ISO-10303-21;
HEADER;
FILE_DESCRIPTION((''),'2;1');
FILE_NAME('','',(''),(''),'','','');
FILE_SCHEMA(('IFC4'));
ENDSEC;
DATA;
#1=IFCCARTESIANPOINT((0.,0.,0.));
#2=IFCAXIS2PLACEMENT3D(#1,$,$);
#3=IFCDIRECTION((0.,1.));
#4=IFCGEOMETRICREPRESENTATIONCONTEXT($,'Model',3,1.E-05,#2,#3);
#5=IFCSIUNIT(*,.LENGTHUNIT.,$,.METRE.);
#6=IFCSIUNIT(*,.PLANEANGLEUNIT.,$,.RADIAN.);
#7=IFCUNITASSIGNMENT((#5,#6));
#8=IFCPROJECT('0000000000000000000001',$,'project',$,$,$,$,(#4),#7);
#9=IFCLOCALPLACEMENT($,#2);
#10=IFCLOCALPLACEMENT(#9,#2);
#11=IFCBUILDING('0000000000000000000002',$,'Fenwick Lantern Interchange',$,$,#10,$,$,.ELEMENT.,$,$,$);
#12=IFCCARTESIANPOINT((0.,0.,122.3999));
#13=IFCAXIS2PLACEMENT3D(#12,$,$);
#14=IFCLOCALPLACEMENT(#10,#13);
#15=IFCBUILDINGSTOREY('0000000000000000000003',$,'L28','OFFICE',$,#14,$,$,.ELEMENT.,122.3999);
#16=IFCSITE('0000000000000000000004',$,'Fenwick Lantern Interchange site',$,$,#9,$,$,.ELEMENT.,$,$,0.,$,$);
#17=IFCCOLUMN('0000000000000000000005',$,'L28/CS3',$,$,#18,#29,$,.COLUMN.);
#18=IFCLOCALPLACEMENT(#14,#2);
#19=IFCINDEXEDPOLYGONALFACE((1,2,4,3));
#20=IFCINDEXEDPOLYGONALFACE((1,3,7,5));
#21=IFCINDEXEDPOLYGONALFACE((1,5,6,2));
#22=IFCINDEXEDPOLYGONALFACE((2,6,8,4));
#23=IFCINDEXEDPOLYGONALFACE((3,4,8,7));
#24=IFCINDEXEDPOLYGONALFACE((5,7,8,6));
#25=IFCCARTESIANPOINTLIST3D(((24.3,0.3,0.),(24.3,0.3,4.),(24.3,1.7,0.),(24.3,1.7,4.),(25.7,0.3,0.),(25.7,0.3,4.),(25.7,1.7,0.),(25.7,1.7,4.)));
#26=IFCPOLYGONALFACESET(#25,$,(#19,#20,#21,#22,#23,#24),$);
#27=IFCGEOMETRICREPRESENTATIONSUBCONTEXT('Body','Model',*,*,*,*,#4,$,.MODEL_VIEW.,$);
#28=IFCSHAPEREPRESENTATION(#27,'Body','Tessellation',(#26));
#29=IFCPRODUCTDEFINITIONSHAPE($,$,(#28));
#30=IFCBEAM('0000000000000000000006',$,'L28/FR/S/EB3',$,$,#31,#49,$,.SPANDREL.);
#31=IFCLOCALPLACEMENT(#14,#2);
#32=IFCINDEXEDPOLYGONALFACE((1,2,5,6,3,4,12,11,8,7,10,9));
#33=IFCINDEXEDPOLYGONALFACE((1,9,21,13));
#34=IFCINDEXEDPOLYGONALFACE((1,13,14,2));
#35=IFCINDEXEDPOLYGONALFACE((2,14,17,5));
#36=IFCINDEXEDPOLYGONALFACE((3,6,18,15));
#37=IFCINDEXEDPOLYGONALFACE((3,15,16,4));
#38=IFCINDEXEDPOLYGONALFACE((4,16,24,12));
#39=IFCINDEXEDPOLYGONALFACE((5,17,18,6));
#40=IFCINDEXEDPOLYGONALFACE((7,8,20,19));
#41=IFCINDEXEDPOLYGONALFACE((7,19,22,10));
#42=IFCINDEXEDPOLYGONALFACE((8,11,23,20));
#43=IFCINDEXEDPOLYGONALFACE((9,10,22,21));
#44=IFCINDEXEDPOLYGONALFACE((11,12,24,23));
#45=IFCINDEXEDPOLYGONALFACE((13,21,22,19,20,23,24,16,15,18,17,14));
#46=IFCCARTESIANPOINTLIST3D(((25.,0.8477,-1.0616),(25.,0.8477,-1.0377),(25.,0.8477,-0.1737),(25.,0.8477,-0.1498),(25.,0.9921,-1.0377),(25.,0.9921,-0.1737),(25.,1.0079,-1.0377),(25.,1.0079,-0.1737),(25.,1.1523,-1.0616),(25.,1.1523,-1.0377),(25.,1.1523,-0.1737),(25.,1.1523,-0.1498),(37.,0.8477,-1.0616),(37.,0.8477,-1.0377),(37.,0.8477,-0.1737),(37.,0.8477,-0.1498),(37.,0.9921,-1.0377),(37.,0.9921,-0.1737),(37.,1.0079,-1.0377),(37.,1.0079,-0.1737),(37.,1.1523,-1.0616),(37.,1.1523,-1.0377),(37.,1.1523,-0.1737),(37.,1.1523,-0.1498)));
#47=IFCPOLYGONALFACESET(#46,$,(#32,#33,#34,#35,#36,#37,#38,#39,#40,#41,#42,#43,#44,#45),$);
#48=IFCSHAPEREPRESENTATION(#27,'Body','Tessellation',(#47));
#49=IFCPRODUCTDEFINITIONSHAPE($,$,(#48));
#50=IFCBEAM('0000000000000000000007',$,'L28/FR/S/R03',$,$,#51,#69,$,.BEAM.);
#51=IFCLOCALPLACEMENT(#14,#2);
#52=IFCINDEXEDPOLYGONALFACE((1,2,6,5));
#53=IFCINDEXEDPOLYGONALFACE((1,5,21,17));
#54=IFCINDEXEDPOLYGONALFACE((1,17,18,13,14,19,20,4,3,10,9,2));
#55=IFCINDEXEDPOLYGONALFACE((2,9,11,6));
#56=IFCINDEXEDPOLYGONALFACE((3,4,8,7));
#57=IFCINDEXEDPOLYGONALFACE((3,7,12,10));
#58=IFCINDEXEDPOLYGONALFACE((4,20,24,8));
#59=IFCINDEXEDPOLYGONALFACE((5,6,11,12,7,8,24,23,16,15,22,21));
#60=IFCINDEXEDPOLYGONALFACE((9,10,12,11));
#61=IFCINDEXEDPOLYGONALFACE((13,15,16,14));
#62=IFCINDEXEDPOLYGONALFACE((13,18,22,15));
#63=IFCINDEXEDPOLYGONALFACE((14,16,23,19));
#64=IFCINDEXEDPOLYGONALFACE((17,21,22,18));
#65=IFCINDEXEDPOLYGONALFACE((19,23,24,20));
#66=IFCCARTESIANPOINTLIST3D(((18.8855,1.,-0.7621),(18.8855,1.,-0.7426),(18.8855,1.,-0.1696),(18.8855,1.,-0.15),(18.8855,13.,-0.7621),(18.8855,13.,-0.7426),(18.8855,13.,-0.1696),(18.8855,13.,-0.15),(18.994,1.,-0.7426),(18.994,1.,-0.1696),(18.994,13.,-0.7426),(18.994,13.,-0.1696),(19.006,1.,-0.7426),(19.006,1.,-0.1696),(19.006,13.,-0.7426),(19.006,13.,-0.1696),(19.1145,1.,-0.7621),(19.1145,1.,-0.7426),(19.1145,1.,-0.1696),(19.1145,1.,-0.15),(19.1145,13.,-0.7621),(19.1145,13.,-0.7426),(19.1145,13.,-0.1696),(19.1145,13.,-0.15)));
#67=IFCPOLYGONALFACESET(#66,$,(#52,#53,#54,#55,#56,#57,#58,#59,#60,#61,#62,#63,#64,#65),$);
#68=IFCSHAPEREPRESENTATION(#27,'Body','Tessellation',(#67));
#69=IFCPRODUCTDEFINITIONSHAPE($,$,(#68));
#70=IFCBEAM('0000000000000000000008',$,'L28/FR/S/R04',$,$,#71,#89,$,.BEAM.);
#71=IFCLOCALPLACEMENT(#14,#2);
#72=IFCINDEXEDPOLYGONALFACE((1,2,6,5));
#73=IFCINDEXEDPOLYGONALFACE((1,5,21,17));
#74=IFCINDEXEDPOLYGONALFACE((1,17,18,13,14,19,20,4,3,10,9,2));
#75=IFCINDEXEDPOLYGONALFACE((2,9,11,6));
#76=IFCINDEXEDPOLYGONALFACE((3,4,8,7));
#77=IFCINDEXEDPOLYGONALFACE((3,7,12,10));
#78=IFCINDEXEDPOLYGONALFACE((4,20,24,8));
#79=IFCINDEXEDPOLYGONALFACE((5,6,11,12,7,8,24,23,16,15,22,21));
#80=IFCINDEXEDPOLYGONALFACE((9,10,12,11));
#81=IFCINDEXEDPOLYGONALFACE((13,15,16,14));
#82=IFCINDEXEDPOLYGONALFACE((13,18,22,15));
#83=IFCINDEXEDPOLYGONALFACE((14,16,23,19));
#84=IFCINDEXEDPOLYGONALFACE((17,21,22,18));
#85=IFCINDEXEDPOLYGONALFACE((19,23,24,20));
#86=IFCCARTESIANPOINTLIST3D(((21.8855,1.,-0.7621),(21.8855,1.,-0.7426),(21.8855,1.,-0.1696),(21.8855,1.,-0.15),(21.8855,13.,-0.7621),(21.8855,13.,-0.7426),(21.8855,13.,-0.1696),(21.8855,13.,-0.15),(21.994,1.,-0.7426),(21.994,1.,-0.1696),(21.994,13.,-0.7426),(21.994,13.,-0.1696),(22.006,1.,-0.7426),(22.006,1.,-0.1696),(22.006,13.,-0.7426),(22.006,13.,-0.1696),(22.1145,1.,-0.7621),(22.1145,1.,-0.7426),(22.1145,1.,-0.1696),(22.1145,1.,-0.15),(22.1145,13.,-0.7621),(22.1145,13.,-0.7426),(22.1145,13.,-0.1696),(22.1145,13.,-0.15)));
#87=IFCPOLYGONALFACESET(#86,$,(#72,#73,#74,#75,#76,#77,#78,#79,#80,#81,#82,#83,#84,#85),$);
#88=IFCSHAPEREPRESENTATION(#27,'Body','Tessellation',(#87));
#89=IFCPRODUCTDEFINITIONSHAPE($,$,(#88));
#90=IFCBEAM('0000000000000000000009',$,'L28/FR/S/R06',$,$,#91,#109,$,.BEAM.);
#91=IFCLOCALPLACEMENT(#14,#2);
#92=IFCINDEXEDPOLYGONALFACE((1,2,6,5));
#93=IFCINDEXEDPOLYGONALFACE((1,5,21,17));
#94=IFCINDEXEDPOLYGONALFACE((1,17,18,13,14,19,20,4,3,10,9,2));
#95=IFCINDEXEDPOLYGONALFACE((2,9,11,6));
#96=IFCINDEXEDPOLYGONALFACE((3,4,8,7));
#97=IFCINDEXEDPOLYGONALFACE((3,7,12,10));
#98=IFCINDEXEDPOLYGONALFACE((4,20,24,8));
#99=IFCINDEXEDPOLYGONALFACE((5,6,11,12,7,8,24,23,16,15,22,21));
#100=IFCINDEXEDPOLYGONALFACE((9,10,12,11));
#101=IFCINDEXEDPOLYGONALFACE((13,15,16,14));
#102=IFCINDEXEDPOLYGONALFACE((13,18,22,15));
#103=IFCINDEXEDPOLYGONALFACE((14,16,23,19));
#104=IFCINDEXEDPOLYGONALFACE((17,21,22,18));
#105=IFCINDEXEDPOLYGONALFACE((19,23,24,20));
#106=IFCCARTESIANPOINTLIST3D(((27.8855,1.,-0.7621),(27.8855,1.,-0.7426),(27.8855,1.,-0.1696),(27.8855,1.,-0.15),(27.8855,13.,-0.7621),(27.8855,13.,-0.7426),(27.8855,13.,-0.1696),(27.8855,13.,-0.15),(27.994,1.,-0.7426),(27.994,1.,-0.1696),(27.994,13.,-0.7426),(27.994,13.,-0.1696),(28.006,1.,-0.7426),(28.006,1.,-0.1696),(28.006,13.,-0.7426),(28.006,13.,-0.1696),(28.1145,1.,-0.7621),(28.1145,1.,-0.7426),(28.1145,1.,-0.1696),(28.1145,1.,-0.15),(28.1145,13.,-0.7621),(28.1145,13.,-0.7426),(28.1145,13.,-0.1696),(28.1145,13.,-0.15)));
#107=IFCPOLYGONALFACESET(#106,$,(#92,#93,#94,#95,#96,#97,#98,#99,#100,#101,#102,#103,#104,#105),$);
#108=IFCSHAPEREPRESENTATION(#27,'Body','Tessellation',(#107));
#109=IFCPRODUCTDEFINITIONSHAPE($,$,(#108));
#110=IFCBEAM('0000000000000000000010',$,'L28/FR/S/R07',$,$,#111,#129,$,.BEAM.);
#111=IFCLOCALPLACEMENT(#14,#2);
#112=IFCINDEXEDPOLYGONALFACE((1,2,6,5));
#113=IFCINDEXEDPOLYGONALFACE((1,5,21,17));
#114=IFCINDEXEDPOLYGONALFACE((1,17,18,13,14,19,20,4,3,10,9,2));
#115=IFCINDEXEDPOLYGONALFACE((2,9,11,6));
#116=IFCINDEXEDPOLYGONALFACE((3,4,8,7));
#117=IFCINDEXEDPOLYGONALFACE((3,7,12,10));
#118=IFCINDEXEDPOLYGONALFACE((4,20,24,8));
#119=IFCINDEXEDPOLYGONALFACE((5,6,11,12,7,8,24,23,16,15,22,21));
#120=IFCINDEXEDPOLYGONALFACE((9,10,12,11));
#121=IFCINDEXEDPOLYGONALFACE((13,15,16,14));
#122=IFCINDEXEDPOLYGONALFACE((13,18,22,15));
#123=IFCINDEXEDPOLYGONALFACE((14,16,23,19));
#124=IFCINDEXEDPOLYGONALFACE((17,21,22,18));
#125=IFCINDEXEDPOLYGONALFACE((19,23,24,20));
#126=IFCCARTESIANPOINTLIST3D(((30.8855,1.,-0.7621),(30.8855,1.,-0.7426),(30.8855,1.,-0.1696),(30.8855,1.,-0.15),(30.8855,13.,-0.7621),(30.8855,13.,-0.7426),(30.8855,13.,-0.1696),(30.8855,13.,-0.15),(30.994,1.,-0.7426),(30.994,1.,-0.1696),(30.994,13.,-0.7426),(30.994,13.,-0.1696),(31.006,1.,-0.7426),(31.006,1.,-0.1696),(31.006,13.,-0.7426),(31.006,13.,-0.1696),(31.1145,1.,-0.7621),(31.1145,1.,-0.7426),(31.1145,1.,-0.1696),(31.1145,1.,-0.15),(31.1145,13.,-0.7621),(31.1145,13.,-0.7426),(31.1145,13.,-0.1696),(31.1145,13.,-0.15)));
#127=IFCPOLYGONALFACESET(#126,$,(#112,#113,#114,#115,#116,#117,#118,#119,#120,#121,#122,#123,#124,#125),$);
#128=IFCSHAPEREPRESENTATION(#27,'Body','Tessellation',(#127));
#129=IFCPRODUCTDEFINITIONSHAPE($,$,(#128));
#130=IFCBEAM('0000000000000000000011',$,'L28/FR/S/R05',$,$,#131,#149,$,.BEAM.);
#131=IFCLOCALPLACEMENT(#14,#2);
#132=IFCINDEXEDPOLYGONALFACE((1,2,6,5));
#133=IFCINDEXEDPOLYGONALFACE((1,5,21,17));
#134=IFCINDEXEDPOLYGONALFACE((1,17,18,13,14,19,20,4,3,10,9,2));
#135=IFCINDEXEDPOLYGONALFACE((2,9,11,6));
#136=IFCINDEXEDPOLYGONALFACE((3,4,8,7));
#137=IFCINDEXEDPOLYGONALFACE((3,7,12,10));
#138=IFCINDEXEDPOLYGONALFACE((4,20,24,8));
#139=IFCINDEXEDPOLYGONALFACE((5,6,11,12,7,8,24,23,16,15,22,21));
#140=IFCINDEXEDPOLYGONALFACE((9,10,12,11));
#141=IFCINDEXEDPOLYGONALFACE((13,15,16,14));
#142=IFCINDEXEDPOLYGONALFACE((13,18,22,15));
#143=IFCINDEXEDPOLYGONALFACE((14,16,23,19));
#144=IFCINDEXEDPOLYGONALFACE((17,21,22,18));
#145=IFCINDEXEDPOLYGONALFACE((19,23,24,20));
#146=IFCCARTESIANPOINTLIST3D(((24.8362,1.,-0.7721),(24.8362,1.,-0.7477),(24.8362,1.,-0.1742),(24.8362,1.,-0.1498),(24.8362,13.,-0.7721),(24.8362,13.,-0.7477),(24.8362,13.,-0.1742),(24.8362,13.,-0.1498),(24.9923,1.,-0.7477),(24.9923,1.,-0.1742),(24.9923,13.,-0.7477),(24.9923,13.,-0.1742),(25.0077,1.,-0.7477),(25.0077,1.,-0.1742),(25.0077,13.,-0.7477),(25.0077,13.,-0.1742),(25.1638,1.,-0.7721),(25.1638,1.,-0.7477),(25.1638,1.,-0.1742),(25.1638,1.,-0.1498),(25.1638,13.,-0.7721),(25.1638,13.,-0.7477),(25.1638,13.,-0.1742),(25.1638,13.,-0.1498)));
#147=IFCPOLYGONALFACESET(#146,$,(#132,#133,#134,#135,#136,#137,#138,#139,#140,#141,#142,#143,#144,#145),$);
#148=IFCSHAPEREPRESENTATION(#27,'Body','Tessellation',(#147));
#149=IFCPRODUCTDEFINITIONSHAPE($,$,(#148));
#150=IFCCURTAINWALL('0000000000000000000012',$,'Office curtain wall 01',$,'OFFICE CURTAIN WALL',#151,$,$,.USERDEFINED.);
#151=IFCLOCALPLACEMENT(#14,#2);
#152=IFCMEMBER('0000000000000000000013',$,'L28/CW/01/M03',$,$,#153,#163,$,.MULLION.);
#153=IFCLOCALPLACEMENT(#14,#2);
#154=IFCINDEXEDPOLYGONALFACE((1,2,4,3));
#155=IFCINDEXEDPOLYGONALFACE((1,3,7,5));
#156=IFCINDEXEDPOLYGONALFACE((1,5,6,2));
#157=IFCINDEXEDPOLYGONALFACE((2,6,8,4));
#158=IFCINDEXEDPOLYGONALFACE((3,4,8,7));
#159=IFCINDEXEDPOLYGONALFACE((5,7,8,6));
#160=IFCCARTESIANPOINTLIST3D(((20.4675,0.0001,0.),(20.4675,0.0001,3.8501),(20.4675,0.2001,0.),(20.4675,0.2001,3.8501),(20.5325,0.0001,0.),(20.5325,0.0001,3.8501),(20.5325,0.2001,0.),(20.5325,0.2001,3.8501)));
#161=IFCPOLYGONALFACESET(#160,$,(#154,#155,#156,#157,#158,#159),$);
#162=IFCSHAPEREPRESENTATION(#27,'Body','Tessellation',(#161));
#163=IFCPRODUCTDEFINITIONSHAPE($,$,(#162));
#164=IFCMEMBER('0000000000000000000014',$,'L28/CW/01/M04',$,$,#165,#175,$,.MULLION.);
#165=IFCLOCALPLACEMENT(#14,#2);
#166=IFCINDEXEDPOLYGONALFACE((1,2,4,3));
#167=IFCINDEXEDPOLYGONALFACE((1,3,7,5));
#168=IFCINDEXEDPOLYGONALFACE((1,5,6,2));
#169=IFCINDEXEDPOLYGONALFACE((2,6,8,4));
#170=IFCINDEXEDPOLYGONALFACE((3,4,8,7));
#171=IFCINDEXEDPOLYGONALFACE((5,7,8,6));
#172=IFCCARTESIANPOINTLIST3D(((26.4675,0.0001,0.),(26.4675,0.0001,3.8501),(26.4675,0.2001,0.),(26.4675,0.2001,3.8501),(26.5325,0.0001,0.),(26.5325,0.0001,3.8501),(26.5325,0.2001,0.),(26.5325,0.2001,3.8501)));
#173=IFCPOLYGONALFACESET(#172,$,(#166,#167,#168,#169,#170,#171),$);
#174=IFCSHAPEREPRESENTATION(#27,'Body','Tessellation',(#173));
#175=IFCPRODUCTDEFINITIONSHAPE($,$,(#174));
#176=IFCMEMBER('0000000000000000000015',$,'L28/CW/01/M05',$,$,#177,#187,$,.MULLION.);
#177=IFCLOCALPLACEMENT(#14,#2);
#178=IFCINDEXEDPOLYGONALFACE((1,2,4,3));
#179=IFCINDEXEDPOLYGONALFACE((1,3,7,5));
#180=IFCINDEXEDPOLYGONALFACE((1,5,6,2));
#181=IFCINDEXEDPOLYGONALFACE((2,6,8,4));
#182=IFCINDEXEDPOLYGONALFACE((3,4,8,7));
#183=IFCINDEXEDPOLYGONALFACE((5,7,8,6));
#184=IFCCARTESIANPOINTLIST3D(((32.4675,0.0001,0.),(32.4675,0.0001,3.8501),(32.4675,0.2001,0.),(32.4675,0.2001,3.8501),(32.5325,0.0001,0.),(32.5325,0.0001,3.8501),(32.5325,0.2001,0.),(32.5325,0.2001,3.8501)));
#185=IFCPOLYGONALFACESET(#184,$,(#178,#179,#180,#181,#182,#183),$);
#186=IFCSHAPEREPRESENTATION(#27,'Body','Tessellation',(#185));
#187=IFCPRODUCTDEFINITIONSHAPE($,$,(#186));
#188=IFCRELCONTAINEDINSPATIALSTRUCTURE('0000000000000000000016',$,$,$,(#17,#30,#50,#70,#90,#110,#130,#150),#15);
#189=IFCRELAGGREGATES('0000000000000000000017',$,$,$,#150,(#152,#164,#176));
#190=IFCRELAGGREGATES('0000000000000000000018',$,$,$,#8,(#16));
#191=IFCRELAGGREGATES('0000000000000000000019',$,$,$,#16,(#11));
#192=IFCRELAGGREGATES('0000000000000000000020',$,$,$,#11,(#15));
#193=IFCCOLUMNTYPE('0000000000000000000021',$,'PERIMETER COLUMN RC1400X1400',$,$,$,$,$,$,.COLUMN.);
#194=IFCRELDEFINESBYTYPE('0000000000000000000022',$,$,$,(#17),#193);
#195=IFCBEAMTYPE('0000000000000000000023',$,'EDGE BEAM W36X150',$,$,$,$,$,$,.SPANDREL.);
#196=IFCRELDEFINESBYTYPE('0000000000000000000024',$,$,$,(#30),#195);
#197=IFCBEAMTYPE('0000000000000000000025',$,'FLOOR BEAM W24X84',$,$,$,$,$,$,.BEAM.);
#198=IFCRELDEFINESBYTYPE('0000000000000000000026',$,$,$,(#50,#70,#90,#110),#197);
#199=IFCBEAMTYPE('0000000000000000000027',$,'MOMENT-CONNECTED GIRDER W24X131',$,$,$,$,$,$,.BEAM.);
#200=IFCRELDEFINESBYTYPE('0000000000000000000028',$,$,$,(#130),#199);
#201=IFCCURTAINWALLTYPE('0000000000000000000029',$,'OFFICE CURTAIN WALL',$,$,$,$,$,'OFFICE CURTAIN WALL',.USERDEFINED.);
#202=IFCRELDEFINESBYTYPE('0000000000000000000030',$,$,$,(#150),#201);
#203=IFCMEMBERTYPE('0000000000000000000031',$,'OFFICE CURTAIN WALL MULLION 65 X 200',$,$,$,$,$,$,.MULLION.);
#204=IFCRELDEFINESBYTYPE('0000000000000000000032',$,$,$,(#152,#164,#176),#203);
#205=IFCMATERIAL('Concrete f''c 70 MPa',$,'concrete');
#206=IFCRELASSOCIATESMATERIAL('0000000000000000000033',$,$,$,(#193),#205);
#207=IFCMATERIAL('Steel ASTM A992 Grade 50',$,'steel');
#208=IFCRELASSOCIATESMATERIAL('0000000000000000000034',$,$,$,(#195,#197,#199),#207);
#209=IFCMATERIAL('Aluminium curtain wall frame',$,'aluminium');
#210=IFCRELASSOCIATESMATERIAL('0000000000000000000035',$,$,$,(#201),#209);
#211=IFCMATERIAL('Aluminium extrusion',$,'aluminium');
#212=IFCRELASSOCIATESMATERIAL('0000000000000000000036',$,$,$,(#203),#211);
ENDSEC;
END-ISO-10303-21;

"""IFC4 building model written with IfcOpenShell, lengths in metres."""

from ifc_helpers import new_model, si_unit, direction, frame, origin, origin_2d, place, context, subcontext, project, spatial, rectangle, i_section, extrude, material, material_profile, profile_set, type_object, element, aggregate, save


model = new_model("IFC4")

# Units and contexts
model_context = context("Model", 3, precision=1e-05, world=origin(), true_north=direction((0.0, 1.0)))
body_context = subcontext(model_context, "Body", "Model", "MODEL_VIEW")
ifc_project = project(units=[si_unit("LENGTHUNIT", "METRE"), si_unit("PLANEANGLEUNIT", "RADIAN")], contexts=[model_context])

# Site, building, storey
site_placement = place(None, origin())
site = spatial("IfcSite", under=ifc_project, at=site_placement, Name="Fenwick Lantern Interchange site", CompositionType="ELEMENT", RefElevation=0.0)
building_placement = place(site_placement, origin())
building = spatial("IfcBuilding", under=site, at=building_placement, Name="Fenwick Lantern Interchange", CompositionType="ELEMENT")
storey_placement = place(building_placement, frame((0.0, 0.0, 122.3999)))
storey = spatial("IfcBuildingStorey", under=building, at=storey_placement, Name="L28", Description="OFFICE", CompositionType="ELEMENT", Elevation=122.3999)

# Column
ifc_material_1 = material(Name="Concrete f'c 70 MPa", Category="concrete")
ifc_material_profile_1 = material_profile(ifc_material_1, rectangle(XDim=1.3999, YDim=1.3999, at=origin_2d()), Name="RC1400X1400")
ifc_profile_set_1 = profile_set([ifc_material_profile_1], Name="Concrete f'c 70 MPa")
column_type = type_object("IfcColumnType", Name="PERIMETER COLUMN RC1400X1400", PredefinedType="COLUMN", material=ifc_profile_set_1)
column_placement = place(storey_placement, frame((25.0, 1.0, 0.0), z_axis=(0.0, 0.0, 1.0), x_axis=(1.0, 0.0, 0.0)))
element("IfcColumn", 1, at=column_placement, inside=storey, type_object=column_type, Name="L28/CS3", PredefinedType="COLUMN", context=body_context, shape_type="SweptSolid", body=[
    extrude(rectangle(XDim=1.3999, YDim=1.3999, at=origin_2d()), origin(), (0.0, 0.0, 1.0), 4.0),
])

# Beams
ifc_material_2 = material(Name="Steel ASTM A992 Grade 50", Category="steel")
ifc_material_profile_2 = material_profile(ifc_material_2, i_section(OverallWidth=0.3047, OverallDepth=0.9119, WebThickness=0.0159, FlangeThickness=0.0239, at=origin_2d()), Name="W36X150")
ifc_profile_set_2 = profile_set([ifc_material_profile_2], Name="Steel ASTM A992 Grade 50")
beam_type_1 = type_object("IfcBeamType", Name="EDGE BEAM W36X150", PredefinedType="SPANDREL", material=ifc_profile_set_2)
beam_1_placement = place(storey_placement, frame((25.0, 1.0, -0.6057), z_axis=(1.0, 0.0, 0.0), x_axis=(0.0, 1.0, 0.0)))
element("IfcBeam", 2, at=beam_1_placement, inside=storey, type_object=beam_type_1, Name="L28/FR/S/EB3", PredefinedType="SPANDREL", context=body_context, shape_type="SweptSolid", body=[
    extrude(i_section(OverallWidth=0.3047, OverallDepth=0.9119, WebThickness=0.0159, FlangeThickness=0.0239, at=origin_2d()), origin(), (0.0, 0.0, 1.0), 12.0),
])
ifc_material_profile_3 = material_profile(ifc_material_2, i_section(OverallWidth=0.229, OverallDepth=0.6121, WebThickness=0.012, FlangeThickness=0.0195, at=origin_2d()), Name="W24X84")
ifc_profile_set_3 = profile_set([ifc_material_profile_3], Name="Steel ASTM A992 Grade 50")
beam_type_2 = type_object("IfcBeamType", Name="FLOOR BEAM W24X84", PredefinedType="BEAM", material=ifc_profile_set_3)
for number, where, z_axis, x_axis, name in (
    (3, (19.0, 1.0, -0.4561), (0.0, 1.0, 0.0), (-1.0, 0.0, 0.0), "L28/FR/S/R03"),
    (4, (22.0, 1.0, -0.4561), (0.0, 1.0, 0.0), (-1.0, 0.0, 0.0), "L28/FR/S/R04"),
    (5, (28.0, 1.0, -0.4561), (0.0, 1.0, 0.0), (-1.0, 0.0, 0.0), "L28/FR/S/R06"),
    (6, (31.0, 1.0, -0.4561), (0.0, 1.0, 0.0), (-1.0, 0.0, 0.0), "L28/FR/S/R07"),
):
    element("IfcBeam", number, at=place(storey_placement, frame(where, z_axis=z_axis, x_axis=x_axis)), inside=storey, type_object=beam_type_2, Name=name, PredefinedType="BEAM", context=body_context, shape_type="SweptSolid", body=[
        extrude(i_section(OverallWidth=0.229, OverallDepth=0.6121, WebThickness=0.012, FlangeThickness=0.0195, at=origin_2d()), origin(), (0.0, 0.0, 1.0), 12.0),
    ])
ifc_material_profile_4 = material_profile(ifc_material_2, i_section(OverallWidth=0.3276, OverallDepth=0.6223, WebThickness=0.0154, FlangeThickness=0.0244, at=origin_2d()), Name="W24X131")
ifc_profile_set_4 = profile_set([ifc_material_profile_4], Name="Steel ASTM A992 Grade 50")
beam_type_3 = type_object("IfcBeamType", Name="MOMENT-CONNECTED GIRDER W24X131", PredefinedType="BEAM", material=ifc_profile_set_4)
beam_2_placement = place(storey_placement, frame((25.0, 1.0, -0.4609), z_axis=(0.0, 1.0, 0.0), x_axis=(-1.0, 0.0, 0.0)))
element("IfcBeam", 7, at=beam_2_placement, inside=storey, type_object=beam_type_3, Name="L28/FR/S/R05", PredefinedType="BEAM", context=body_context, shape_type="SweptSolid", body=[
    extrude(i_section(OverallWidth=0.3276, OverallDepth=0.6223, WebThickness=0.0154, FlangeThickness=0.0244, at=origin_2d()), origin(), (0.0, 0.0, 1.0), 12.0),
])

# Curtain wall, members
ifc_material_3 = material(Name="Aluminium curtain wall frame", Category="aluminium")
curtain_wall_type = type_object("IfcCurtainWallType", Name="OFFICE CURTAIN WALL", ElementType="OFFICE CURTAIN WALL", PredefinedType="USERDEFINED", material=ifc_material_3)
curtain_wall_placement = place(storey_placement, origin())
curtain_wall = element("IfcCurtainWall", 8, at=curtain_wall_placement, inside=storey, type_object=curtain_wall_type, Name="Office curtain wall 01", ObjectType="OFFICE CURTAIN WALL", PredefinedType="USERDEFINED")
ifc_material_4 = material(Name="Aluminium extrusion", Category="aluminium")
ifc_material_profile_5 = material_profile(ifc_material_4, rectangle(XDim=0.2, YDim=0.0649, at=origin_2d()), Name="OFFICE CURTAIN WALL MULLION 65 X 200")
ifc_profile_set_5 = profile_set([ifc_material_profile_5], Name="Aluminium extrusion")
member_type_1 = type_object("IfcMemberType", Name="OFFICE CURTAIN WALL MULLION 65 X 200", PredefinedType="MULLION", material=ifc_profile_set_5)
member_1_placement = place(storey_placement, frame((20.5, 0.1001, 0.0), z_axis=(0.0, 0.0, 1.0), x_axis=(0.0, 1.0, 0.0)))
member_1 = element("IfcMember", 9, at=member_1_placement, type_object=member_type_1, Name="L28/CW/01/M03", PredefinedType="MULLION", context=body_context, shape_type="SweptSolid", body=[
    extrude(rectangle(XDim=0.2, YDim=0.0649, at=origin_2d()), origin(), (0.0, 0.0, 1.0), 3.8501),
])
member_2_placement = place(storey_placement, frame((26.5, 0.1001, 0.0), z_axis=(0.0, 0.0, 1.0), x_axis=(0.0, 1.0, 0.0)))
member_2 = element("IfcMember", 10, at=member_2_placement, type_object=member_type_1, Name="L28/CW/01/M04", PredefinedType="MULLION", context=body_context, shape_type="SweptSolid", body=[
    extrude(rectangle(XDim=0.2, YDim=0.0649, at=origin_2d()), origin(), (0.0, 0.0, 1.0), 3.8501),
])
member_3_placement = place(storey_placement, frame((32.5, 0.1001, 0.0), z_axis=(0.0, 0.0, 1.0), x_axis=(0.0, 1.0, 0.0)))
member_3 = element("IfcMember", 11, at=member_3_placement, type_object=member_type_1, Name="L28/CW/01/M05", PredefinedType="MULLION", context=body_context, shape_type="SweptSolid", body=[
    extrude(rectangle(XDim=0.2, YDim=0.0649, at=origin_2d()), origin(), (0.0, 0.0, 1.0), 3.8501),
])
aggregate(curtain_wall, [member_1, member_2, member_3])

save(model, "model.ifc")
